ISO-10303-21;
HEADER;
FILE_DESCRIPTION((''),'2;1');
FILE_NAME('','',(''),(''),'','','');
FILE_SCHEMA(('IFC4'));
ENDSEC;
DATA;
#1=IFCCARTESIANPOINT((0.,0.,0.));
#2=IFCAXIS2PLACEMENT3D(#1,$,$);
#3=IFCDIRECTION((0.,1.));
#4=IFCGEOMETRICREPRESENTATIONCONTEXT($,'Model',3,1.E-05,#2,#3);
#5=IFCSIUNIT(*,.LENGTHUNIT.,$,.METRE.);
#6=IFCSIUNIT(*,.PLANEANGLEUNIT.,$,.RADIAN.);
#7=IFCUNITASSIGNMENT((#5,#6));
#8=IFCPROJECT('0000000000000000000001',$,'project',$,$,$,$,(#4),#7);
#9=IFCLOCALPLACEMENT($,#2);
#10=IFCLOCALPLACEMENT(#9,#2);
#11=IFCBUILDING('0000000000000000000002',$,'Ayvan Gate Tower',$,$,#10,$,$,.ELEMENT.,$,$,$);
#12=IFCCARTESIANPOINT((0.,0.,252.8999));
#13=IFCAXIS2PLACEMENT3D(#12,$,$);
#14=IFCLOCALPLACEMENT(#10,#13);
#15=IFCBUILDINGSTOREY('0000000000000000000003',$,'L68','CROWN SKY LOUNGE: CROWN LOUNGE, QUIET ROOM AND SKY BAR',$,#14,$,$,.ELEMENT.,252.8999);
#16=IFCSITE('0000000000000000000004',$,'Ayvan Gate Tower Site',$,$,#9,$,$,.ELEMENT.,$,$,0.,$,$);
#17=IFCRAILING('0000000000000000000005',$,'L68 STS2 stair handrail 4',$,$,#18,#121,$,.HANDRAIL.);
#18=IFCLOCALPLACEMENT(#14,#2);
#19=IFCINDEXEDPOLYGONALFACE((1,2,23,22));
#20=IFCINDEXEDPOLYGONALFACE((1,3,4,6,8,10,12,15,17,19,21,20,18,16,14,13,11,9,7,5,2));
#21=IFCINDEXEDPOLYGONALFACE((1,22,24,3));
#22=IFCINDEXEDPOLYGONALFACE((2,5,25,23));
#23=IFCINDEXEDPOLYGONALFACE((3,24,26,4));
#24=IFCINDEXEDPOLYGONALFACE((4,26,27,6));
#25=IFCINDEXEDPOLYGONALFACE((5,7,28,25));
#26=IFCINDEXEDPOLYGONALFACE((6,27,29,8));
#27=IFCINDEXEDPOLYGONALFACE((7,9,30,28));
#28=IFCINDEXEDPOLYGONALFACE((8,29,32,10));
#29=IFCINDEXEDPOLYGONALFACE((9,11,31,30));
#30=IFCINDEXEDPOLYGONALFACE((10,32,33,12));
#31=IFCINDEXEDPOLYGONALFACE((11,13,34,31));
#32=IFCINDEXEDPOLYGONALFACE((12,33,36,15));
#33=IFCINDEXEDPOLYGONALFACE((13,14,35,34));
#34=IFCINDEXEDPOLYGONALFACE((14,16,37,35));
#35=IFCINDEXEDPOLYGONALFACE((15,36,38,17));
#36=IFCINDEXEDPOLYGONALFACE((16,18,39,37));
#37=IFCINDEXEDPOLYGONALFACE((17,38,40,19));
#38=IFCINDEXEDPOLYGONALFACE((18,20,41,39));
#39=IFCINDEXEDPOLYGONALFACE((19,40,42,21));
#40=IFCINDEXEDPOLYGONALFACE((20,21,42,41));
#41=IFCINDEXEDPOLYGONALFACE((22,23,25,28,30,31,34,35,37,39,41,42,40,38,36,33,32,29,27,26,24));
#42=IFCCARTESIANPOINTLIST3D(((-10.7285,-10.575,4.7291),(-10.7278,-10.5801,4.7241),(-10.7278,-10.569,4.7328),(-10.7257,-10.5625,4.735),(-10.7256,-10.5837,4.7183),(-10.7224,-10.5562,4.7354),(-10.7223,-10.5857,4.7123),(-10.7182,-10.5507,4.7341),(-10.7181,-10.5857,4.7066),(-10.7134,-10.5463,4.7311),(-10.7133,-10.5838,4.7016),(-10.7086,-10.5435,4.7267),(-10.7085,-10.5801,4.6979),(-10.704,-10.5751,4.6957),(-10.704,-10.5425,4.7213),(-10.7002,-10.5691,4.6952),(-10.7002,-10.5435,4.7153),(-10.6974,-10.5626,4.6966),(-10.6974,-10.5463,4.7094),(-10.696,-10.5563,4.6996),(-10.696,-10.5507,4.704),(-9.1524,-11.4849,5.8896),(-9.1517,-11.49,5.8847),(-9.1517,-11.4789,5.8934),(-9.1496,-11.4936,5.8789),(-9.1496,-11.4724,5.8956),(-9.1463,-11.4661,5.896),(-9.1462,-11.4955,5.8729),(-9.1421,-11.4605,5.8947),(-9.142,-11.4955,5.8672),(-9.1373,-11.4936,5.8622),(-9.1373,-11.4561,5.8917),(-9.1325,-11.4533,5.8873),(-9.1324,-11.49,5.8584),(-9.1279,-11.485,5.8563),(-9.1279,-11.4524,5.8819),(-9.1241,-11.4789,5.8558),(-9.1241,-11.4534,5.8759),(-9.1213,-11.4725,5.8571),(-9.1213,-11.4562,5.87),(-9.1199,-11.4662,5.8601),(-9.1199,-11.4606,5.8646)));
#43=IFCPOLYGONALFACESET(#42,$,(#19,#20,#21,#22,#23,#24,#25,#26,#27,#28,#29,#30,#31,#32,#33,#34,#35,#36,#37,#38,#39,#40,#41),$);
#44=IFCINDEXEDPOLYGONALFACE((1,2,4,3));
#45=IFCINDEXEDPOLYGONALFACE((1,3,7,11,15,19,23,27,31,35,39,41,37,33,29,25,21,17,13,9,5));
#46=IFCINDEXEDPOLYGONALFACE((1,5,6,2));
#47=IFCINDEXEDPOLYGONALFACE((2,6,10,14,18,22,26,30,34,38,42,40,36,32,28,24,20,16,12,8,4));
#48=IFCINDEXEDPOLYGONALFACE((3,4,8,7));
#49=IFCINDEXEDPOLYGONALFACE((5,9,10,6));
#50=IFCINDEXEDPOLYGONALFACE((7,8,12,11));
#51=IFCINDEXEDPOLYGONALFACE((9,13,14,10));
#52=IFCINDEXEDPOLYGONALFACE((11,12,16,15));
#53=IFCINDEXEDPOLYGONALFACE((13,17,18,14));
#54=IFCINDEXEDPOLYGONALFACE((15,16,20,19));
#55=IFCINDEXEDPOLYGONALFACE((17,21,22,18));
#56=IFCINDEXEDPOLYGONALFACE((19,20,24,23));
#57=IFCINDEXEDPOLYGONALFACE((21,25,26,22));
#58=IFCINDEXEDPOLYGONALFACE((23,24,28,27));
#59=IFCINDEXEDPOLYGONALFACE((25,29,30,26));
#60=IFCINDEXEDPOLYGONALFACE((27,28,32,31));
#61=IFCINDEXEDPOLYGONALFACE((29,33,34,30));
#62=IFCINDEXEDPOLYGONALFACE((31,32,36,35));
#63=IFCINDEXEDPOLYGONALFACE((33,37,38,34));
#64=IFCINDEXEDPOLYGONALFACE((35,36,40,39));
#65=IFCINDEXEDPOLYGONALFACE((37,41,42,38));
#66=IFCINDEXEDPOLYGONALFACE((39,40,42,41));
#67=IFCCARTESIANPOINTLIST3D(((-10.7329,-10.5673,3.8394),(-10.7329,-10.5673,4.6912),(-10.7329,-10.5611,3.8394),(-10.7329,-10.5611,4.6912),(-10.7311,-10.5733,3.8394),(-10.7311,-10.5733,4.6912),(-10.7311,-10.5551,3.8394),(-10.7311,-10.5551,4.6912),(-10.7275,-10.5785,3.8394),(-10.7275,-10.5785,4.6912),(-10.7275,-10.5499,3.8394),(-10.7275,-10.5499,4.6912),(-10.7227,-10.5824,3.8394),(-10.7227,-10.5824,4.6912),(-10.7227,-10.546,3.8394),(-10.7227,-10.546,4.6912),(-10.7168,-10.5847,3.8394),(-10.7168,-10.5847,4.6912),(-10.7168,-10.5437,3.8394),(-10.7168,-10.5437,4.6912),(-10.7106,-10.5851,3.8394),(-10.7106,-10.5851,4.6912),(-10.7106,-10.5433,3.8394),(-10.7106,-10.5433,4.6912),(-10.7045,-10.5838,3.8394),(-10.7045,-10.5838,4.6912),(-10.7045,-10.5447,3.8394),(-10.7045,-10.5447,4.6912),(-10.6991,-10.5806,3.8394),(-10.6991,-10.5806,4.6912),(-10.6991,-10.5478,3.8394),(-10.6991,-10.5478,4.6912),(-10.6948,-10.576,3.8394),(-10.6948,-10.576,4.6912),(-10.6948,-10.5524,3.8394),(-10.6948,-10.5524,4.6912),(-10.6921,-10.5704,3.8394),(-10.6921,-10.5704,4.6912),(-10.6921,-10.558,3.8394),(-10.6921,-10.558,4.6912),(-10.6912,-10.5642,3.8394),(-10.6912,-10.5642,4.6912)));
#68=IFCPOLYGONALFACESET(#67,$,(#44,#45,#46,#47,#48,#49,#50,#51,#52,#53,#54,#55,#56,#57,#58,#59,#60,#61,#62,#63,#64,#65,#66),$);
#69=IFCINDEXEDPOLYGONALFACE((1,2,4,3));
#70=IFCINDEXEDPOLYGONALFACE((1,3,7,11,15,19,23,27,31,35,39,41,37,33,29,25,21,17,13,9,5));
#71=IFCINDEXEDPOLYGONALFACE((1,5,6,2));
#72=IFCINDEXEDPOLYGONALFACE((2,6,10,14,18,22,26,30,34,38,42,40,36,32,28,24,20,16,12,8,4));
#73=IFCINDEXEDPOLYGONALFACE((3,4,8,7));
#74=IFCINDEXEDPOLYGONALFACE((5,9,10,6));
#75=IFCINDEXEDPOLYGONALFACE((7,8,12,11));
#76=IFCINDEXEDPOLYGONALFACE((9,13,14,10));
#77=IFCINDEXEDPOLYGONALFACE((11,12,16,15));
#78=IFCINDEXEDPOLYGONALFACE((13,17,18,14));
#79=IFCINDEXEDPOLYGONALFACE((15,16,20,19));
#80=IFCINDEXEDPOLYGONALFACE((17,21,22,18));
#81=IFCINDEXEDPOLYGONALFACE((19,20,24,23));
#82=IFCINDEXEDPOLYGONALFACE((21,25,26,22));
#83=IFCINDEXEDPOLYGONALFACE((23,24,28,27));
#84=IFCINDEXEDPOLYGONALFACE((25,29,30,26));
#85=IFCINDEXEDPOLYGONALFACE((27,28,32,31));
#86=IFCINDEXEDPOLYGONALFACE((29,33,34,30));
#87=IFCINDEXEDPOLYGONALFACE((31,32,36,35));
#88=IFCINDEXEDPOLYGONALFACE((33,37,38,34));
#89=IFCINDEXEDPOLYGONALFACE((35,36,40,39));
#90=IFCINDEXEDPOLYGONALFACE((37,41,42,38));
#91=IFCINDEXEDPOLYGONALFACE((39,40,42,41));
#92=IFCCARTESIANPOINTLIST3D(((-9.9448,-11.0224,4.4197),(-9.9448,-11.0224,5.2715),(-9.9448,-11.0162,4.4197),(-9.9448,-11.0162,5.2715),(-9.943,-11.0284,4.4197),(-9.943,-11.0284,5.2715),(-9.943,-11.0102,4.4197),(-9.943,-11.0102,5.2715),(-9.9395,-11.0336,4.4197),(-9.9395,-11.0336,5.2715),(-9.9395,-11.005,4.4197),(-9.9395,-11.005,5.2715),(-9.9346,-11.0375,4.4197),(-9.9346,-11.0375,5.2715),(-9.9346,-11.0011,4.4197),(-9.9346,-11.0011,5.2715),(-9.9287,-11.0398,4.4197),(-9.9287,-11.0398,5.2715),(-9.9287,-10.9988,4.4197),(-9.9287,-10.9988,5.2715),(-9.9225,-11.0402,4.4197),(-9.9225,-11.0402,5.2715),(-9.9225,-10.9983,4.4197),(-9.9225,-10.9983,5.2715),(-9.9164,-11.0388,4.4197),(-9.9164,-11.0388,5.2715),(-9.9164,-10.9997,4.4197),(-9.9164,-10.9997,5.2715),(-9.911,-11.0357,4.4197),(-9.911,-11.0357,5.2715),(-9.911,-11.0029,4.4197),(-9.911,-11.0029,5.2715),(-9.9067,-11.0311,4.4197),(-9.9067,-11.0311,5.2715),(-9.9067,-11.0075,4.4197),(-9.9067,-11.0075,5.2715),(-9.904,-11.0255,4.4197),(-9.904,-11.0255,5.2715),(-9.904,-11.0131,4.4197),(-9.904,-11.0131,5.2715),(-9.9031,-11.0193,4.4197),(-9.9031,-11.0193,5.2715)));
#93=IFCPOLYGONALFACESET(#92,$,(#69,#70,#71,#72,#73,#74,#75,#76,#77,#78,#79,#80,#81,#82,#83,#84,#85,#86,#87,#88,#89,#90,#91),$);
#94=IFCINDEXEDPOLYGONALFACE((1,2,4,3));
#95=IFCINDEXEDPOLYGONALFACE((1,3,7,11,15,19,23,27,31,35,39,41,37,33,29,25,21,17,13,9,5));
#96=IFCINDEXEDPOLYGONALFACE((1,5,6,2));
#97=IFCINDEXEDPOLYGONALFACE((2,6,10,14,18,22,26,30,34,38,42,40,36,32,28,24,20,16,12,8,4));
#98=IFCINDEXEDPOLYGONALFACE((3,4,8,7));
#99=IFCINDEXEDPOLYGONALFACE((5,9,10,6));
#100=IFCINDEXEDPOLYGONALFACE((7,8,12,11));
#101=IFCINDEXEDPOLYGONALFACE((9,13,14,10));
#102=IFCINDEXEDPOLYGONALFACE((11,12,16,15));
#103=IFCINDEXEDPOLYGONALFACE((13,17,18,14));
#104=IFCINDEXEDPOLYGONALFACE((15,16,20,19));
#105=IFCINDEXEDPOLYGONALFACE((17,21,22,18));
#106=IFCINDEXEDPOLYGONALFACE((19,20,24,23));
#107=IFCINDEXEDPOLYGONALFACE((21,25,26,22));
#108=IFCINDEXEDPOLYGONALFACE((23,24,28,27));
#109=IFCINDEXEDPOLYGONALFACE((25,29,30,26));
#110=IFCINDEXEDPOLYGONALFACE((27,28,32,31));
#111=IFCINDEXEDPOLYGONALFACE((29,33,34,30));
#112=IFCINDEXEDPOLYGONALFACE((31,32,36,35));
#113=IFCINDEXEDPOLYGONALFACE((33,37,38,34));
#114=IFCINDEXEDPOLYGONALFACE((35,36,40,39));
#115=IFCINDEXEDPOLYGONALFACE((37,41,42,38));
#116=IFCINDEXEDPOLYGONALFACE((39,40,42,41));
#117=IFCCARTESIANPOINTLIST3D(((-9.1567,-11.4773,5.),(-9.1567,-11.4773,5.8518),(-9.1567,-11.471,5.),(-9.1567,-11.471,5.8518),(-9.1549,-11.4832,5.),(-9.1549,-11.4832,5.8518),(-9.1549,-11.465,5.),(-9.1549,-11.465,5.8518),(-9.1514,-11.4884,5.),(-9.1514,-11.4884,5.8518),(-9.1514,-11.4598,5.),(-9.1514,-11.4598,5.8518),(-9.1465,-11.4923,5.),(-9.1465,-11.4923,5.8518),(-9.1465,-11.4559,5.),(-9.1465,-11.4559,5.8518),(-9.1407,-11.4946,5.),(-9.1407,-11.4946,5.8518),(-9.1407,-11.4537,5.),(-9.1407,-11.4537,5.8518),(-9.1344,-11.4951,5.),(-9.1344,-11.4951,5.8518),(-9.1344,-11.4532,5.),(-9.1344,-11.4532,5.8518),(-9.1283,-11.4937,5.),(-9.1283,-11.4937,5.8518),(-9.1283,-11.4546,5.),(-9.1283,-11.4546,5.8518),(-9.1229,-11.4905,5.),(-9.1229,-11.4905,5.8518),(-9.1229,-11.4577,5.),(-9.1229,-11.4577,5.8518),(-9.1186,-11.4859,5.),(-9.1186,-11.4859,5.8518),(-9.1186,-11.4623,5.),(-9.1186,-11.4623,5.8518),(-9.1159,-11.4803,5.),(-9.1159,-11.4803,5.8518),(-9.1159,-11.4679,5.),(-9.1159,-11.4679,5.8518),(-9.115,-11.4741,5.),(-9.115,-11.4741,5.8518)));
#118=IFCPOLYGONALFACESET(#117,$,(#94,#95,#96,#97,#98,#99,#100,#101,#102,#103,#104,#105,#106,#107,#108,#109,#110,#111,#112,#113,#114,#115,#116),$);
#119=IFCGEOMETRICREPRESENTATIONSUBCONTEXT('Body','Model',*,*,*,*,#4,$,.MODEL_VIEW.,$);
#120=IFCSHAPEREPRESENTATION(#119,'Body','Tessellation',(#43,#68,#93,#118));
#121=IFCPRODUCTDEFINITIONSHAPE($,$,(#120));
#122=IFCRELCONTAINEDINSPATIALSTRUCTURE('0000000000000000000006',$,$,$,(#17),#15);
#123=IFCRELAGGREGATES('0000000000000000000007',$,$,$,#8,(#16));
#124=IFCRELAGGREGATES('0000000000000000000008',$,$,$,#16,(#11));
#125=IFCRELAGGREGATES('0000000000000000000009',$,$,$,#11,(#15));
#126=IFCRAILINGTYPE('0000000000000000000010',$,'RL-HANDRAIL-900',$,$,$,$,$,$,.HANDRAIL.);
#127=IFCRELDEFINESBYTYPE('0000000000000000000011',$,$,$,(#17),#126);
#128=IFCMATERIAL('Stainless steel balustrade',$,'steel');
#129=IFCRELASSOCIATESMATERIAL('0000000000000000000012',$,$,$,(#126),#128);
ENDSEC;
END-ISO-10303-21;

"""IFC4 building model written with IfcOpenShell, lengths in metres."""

from ifc_helpers import new_model, si_unit, direction, frame, origin, origin_2d, place, context, subcontext, project, spatial, circle, extrude, material, type_object, element, save


model = new_model("IFC4")

# Units and contexts
model_context = context("Model", 3, precision=1e-05, world=origin(), true_north=direction((0.0, 1.0)))
body_context = subcontext(model_context, "Body", "Model", "MODEL_VIEW")
ifc_project = project(units=[si_unit("LENGTHUNIT", "METRE"), si_unit("PLANEANGLEUNIT", "RADIAN")], contexts=[model_context])

# Site, building, storey
site_placement = place(None, origin())
site = spatial("IfcSite", under=ifc_project, at=site_placement, Name="Ayvan Gate Tower Site", CompositionType="ELEMENT", RefElevation=0.0)
building_placement = place(site_placement, origin())
building = spatial("IfcBuilding", under=site, at=building_placement, Name="Ayvan Gate Tower", CompositionType="ELEMENT")
storey_placement = place(building_placement, frame((0.0, 0.0, 252.8999)))
storey = spatial("IfcBuildingStorey", under=building, at=storey_placement, Name="L68", Description="CROWN SKY LOUNGE: CROWN LOUNGE, QUIET ROOM AND SKY BAR", CompositionType="ELEMENT", Elevation=252.8999)

# Railing
ifc_material_1 = material(Name="Stainless steel balustrade", Category="steel")
railing_type_1 = type_object("IfcRailingType", Name="RL-HANDRAIL-900", PredefinedType="HANDRAIL", material=ifc_material_1)
for number, where, name in (
    (1, (-10.7122, -10.5642, 3.8394), "L68 STS2 stair handrail 4"),
):
    element("IfcRailing", number, at=place(storey_placement, frame(where)), inside=storey, type_object=railing_type_1, Name=name, PredefinedType="HANDRAIL", context=body_context, shape_type="SweptSolid", body=[
        extrude(circle(Radius=0.0239, at=origin_2d()), frame((0.0, 0.0, 0.876), z_axis=(0.730198, -0.421538, 0.537695), x_axis=(0.499962, 0.866047, 0.0)), (0.0, 0.0, 1.0), 2.1584),
        extrude(circle(Radius=0.021, at=origin_2d()), origin(), (0.0, 0.0, 1.0), 0.8518),
        extrude(circle(Radius=0.021, at=origin_2d()), frame((0.7881, -0.4551, 0.5803)), (0.0, 0.0, 1.0), 0.8518),
        extrude(circle(Radius=0.021, at=origin_2d()), frame((1.5762, -0.9099, 1.1606)), (0.0, 0.0, 1.0), 0.8518),
    ])

save(model, "model.ifc")
